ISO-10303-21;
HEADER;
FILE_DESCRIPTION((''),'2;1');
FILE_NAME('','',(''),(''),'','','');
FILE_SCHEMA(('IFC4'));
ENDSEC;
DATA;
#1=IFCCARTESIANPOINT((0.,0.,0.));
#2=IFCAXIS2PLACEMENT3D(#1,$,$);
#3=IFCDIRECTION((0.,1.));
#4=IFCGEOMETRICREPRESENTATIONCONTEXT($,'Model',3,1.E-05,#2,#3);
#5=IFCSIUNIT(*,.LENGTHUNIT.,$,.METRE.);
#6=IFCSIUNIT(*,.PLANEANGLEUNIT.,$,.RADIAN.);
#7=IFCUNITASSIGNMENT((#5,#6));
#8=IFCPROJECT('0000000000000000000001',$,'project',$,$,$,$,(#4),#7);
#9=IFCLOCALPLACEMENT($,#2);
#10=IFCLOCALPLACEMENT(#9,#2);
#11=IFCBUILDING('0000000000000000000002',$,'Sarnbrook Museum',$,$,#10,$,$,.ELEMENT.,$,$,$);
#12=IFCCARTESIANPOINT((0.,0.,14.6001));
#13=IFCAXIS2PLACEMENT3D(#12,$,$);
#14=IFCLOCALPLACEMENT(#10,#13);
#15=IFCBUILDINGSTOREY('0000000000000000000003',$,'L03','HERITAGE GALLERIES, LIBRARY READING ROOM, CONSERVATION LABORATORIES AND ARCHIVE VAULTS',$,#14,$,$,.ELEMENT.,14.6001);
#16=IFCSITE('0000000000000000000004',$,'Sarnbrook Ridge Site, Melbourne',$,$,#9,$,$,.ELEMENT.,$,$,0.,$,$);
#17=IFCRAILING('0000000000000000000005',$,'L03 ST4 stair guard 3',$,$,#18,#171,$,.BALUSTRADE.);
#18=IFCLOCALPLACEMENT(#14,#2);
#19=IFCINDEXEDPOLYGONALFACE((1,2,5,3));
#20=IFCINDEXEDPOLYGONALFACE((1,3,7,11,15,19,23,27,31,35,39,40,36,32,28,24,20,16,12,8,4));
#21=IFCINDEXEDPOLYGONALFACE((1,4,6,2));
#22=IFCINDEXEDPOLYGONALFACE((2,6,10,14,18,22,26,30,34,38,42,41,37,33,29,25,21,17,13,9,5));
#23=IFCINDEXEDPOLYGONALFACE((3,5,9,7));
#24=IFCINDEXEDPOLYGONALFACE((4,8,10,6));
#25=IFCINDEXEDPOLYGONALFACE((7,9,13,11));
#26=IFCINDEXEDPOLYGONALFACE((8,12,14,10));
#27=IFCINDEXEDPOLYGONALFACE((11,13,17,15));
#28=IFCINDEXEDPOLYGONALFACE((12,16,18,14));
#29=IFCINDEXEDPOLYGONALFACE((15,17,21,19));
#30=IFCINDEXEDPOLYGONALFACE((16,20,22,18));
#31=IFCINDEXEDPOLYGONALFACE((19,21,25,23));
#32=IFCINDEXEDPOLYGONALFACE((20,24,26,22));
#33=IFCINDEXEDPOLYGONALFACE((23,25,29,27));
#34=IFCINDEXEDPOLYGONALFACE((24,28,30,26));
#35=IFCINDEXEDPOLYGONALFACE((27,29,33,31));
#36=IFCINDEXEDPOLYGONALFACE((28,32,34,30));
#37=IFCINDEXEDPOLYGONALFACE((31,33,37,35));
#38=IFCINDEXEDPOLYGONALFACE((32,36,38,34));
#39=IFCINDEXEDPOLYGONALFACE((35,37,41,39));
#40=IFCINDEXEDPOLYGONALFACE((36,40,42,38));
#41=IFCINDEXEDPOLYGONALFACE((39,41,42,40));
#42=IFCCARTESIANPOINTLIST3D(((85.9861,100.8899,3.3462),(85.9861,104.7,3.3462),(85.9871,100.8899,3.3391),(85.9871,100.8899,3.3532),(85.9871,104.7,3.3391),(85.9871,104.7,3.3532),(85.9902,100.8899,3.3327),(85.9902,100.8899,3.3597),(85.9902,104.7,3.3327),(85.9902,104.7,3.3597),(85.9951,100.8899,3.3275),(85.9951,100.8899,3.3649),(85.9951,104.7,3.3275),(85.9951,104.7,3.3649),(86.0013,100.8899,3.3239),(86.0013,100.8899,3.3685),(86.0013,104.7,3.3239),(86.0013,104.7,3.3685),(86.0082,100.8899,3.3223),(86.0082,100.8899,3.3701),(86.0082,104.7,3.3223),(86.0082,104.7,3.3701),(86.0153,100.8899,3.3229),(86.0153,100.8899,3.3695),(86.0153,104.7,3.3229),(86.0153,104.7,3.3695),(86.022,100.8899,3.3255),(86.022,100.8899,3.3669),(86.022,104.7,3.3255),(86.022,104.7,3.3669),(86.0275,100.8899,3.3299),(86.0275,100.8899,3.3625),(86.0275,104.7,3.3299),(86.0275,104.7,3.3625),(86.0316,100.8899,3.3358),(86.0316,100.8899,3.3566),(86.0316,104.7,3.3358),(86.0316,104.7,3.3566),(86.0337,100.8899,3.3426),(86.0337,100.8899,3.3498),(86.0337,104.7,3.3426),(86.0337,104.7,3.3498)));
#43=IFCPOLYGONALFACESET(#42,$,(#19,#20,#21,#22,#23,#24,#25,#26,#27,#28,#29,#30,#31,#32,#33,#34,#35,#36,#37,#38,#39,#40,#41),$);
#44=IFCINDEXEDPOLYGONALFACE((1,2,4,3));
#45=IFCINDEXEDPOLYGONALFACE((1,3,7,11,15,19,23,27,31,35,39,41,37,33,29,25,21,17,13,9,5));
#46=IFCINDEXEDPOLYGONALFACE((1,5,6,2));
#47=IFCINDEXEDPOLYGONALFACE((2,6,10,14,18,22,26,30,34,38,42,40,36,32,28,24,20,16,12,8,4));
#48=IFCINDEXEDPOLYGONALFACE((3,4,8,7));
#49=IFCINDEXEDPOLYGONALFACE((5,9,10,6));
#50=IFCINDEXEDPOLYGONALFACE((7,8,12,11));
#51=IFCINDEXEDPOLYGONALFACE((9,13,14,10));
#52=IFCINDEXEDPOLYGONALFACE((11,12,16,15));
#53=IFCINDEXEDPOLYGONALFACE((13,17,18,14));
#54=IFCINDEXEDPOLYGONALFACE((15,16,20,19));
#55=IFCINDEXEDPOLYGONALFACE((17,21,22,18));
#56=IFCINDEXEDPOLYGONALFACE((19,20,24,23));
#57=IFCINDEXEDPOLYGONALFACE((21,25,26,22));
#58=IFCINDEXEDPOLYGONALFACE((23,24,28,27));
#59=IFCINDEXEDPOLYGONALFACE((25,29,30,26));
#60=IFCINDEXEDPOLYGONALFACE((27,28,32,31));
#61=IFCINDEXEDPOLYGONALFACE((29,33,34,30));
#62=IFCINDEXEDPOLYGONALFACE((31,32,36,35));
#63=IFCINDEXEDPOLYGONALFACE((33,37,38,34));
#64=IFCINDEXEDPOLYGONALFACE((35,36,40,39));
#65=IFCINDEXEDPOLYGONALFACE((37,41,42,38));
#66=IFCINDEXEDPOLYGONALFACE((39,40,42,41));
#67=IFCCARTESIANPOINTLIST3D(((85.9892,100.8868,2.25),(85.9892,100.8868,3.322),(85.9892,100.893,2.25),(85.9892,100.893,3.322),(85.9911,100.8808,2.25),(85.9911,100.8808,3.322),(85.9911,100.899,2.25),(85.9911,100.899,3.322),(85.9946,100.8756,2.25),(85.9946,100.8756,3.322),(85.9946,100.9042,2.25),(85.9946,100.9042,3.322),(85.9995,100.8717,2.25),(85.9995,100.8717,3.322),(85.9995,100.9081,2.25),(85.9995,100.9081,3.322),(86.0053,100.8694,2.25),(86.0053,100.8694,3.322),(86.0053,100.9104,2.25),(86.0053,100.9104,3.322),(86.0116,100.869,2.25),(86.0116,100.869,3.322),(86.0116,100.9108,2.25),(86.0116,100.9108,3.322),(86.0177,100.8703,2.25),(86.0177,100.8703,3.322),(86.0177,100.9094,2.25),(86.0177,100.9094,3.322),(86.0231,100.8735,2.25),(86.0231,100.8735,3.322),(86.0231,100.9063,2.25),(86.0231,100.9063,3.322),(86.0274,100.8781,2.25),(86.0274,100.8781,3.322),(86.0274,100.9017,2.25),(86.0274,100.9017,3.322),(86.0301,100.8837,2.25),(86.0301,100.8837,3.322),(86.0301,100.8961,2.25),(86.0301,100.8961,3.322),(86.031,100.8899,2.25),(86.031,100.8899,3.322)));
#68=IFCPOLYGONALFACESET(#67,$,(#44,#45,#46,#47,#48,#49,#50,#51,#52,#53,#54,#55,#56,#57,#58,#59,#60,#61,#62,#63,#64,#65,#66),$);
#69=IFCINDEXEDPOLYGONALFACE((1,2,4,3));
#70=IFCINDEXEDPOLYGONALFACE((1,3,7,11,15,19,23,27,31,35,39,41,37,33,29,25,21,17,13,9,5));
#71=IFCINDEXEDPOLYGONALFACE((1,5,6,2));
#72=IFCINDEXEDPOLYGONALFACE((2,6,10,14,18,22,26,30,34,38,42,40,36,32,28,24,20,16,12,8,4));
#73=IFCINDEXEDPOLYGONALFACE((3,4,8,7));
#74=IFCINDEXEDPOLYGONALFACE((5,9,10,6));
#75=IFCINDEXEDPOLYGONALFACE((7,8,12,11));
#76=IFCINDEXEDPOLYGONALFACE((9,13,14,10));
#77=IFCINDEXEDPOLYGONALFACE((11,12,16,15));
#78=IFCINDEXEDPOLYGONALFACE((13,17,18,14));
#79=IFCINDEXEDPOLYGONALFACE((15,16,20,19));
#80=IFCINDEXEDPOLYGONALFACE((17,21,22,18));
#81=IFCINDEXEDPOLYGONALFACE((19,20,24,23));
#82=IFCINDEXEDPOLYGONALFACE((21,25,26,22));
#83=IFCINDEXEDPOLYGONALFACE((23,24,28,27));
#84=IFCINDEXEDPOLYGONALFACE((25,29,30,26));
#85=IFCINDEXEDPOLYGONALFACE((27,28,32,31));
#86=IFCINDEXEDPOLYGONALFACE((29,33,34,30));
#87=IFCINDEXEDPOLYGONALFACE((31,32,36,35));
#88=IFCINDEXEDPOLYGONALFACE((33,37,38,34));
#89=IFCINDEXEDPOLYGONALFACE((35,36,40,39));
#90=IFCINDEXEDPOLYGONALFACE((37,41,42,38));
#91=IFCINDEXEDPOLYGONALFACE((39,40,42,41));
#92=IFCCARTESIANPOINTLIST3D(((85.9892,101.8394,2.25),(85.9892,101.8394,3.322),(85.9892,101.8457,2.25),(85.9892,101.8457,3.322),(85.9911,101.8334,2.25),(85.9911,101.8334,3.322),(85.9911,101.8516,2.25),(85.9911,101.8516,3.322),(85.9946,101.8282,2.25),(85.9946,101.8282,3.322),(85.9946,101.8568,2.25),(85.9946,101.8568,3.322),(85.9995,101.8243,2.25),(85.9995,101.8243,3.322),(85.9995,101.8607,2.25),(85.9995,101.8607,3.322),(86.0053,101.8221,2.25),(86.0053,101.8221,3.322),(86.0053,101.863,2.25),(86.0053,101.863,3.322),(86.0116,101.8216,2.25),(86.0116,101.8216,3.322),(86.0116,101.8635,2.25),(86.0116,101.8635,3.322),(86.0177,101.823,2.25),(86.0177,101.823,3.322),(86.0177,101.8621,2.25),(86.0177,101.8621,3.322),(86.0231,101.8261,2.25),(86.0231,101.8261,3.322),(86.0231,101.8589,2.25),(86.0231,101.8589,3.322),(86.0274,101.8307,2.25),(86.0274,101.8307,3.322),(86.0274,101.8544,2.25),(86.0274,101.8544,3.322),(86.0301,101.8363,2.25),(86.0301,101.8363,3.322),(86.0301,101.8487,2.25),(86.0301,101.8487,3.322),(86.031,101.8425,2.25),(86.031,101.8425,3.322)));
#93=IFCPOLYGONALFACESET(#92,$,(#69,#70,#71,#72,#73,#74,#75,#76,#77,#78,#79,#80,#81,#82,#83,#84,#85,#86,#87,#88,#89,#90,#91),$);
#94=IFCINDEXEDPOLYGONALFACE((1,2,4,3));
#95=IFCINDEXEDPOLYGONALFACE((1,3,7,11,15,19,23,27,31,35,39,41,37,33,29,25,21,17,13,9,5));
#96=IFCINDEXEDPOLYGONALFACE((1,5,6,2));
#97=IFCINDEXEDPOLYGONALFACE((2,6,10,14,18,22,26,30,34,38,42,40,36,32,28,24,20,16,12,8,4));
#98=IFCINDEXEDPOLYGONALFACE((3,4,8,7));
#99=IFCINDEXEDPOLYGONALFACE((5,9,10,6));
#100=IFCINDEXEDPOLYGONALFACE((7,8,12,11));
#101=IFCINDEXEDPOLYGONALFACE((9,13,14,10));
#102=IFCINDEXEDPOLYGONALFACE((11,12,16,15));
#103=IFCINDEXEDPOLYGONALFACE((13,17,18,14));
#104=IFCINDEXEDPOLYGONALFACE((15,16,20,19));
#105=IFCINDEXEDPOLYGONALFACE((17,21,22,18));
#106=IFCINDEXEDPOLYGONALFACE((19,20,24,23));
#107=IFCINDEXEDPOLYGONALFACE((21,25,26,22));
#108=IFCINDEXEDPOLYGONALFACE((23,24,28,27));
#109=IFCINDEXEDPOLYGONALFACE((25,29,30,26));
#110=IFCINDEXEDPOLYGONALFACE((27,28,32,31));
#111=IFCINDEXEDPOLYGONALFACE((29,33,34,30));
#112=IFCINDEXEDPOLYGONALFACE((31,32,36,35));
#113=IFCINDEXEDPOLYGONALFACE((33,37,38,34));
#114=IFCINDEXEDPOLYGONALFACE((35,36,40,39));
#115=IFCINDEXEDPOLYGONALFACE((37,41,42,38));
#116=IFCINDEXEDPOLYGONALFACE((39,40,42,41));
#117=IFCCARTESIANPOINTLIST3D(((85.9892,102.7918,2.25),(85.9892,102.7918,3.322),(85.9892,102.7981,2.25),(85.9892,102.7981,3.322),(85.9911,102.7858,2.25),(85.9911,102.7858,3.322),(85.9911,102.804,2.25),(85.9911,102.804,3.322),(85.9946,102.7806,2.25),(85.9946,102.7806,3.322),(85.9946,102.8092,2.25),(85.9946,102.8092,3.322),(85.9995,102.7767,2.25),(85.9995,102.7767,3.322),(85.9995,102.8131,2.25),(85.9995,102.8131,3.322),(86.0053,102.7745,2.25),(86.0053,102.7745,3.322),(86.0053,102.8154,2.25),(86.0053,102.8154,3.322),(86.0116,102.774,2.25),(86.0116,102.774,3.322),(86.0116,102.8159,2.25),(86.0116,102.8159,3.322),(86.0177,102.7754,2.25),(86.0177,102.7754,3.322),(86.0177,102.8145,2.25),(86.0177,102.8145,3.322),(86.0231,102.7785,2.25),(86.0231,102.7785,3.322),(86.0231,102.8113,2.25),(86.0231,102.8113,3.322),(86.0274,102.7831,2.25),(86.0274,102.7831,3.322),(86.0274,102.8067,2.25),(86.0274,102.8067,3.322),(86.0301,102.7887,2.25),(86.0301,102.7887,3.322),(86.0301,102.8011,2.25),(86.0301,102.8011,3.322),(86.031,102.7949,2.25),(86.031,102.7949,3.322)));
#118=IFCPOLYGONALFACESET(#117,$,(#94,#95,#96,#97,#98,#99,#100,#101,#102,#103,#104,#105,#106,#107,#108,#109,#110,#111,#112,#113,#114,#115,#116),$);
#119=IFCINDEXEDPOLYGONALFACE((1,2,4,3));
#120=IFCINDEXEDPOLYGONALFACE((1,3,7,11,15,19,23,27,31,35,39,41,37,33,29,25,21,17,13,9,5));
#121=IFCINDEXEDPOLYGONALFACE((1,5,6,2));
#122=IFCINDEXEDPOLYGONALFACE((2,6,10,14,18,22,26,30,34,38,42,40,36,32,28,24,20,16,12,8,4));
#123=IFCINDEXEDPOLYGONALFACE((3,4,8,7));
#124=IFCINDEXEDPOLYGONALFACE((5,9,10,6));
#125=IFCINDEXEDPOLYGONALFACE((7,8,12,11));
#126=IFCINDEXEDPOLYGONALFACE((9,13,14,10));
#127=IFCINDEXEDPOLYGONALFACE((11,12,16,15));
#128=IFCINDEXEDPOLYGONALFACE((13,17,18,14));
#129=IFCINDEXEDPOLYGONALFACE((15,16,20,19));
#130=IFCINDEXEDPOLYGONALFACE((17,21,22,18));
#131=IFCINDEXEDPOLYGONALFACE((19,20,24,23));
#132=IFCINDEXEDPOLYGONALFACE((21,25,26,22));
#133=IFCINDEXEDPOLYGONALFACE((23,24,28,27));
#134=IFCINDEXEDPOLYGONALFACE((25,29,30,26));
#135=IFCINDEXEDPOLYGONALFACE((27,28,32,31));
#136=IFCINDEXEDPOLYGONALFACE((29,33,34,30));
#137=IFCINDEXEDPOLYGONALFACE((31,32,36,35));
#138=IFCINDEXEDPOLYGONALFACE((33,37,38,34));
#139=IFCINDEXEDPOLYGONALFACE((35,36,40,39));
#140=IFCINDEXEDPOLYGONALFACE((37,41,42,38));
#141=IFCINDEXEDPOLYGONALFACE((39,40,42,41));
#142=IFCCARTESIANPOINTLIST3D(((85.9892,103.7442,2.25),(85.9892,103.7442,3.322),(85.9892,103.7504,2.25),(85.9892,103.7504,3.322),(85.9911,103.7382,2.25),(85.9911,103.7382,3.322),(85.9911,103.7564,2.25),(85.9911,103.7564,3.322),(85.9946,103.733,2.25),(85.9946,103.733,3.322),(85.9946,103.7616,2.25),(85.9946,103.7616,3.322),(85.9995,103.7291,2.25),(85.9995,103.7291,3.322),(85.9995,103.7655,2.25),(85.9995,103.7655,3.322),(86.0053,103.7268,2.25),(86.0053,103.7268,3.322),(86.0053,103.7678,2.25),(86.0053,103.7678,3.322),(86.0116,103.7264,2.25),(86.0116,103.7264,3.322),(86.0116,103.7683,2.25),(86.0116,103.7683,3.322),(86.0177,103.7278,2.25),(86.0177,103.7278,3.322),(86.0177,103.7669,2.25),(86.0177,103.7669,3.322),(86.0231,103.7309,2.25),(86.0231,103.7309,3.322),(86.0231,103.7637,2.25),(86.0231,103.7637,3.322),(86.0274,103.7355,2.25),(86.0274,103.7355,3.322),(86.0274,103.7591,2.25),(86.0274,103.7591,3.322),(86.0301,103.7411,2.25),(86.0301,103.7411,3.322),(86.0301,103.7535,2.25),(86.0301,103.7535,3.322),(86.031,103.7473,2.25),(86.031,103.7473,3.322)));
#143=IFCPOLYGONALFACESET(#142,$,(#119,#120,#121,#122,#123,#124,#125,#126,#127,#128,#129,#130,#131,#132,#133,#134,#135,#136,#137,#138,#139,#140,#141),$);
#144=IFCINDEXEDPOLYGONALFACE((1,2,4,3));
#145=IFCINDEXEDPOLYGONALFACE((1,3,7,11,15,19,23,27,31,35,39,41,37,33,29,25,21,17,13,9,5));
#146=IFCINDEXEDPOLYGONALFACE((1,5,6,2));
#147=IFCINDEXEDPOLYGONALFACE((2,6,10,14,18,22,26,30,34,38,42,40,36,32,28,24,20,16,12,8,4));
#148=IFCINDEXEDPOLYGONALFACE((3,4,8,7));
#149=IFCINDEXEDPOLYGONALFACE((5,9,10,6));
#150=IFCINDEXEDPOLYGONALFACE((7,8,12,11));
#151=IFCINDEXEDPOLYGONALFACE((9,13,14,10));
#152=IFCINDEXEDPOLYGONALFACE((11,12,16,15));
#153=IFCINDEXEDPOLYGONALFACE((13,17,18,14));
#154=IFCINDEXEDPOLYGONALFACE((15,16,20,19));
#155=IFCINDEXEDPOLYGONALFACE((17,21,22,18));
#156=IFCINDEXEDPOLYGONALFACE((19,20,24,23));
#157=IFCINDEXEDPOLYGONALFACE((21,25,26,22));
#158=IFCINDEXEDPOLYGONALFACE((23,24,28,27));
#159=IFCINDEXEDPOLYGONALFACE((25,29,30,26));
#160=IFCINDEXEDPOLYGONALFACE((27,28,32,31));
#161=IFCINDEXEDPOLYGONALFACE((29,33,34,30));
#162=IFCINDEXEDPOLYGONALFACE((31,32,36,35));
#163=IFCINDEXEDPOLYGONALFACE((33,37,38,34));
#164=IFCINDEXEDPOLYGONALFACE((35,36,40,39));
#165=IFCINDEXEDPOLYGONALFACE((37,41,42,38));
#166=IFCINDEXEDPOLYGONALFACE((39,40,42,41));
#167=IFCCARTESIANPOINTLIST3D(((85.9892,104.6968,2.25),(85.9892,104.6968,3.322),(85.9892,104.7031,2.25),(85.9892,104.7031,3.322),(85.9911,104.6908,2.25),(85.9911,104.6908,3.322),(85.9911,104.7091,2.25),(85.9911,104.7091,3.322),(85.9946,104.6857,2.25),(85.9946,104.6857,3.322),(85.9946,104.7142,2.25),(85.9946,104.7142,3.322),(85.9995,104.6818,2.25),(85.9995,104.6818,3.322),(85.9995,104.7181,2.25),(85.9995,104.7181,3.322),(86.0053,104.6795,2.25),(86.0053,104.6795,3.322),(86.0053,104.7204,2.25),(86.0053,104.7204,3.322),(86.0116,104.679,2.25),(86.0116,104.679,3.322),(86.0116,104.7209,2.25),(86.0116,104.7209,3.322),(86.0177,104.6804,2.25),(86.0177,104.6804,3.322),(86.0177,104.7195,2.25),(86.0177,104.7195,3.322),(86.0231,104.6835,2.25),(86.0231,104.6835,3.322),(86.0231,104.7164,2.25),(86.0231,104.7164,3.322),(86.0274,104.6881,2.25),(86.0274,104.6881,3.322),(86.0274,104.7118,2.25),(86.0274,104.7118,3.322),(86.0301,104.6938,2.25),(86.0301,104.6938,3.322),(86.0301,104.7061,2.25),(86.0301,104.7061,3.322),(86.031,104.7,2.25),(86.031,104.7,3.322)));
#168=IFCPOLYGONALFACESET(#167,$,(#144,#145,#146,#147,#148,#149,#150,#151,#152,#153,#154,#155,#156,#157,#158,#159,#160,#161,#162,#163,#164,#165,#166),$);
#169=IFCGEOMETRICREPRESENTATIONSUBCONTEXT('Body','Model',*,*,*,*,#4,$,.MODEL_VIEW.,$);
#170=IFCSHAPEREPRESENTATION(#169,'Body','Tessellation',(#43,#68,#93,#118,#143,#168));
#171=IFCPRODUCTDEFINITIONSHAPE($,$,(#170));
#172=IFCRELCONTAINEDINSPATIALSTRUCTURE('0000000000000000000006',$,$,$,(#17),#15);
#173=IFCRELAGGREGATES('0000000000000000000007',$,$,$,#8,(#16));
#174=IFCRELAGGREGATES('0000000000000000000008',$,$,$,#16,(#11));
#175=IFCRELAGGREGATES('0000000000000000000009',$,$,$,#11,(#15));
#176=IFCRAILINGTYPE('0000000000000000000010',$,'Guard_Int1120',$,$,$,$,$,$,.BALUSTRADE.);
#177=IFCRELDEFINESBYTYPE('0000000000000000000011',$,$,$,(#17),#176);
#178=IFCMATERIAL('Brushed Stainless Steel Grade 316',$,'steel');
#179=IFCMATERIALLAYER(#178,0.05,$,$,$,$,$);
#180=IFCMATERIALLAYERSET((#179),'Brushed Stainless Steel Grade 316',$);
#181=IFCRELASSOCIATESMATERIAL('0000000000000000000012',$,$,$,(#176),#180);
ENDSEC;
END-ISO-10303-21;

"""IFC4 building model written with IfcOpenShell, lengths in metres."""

from ifc_helpers import new_model, si_unit, direction, frame, origin, origin_2d, place, context, subcontext, project, spatial, circle, extrude, material, layer, layer_set, type_object, element, save


model = new_model("IFC4")

# Units and contexts
model_context = context("Model", 3, precision=1e-05, world=origin(), true_north=direction((0.0, 1.0)))
body_context = subcontext(model_context, "Body", "Model", "MODEL_VIEW")
ifc_project = project(units=[si_unit("LENGTHUNIT", "METRE"), si_unit("PLANEANGLEUNIT", "RADIAN")], contexts=[model_context])

# Site, building, storey
site_placement = place(None, origin())
site = spatial("IfcSite", under=ifc_project, at=site_placement, Name="Sarnbrook Ridge Site, Melbourne", CompositionType="ELEMENT", RefElevation=0.0)
building_placement = place(site_placement, origin())
building = spatial("IfcBuilding", under=site, at=building_placement, Name="Sarnbrook Museum", CompositionType="ELEMENT")
storey_placement = place(building_placement, frame((0.0, 0.0, 14.6001)))
storey = spatial("IfcBuildingStorey", under=building, at=storey_placement, Name="L03", Description="HERITAGE GALLERIES, LIBRARY READING ROOM, CONSERVATION LABORATORIES AND ARCHIVE VAULTS", CompositionType="ELEMENT", Elevation=14.6001)

# Shared definitions
ifc_material_1 = material(Name="Brushed Stainless Steel Grade 316", Category="steel")

# Railing
ifc_layer_1 = layer(ifc_material_1, 0.05)
ifc_layer_set_1 = layer_set([ifc_layer_1], Name="Brushed Stainless Steel Grade 316")
railing_type_1 = type_object("IfcRailingType", Name="Guard_Int1120", PredefinedType="BALUSTRADE", material=ifc_layer_set_1)
for number, where, name in (
    (1, (86.01, 100.8899, 2.25), "L03 ST4 stair guard 3"),
):
    element("IfcRailing", number, at=place(storey_placement, frame(where)), inside=storey, type_object=railing_type_1, Name=name, PredefinedType="BALUSTRADE", context=body_context, shape_type="SweptSolid", body=[
        extrude(circle(Radius=0.0239, at=origin_2d()), frame((0.0, 0.0, 1.0962), z_axis=(0.0, 1.0, 0.0), x_axis=(-1.0, 0.0, 0.0)), (0.0, 0.0, 1.0), 3.8101),
        extrude(circle(Radius=0.021, at=origin_2d()), origin(), (0.0, 0.0, 1.0), 1.072),
        extrude(circle(Radius=0.021, at=origin_2d()), frame((0.0, 0.9526, 0.0)), (0.0, 0.0, 1.0), 1.072),
        extrude(circle(Radius=0.021, at=origin_2d()), frame((0.0, 1.905, 0.0)), (0.0, 0.0, 1.0), 1.072),
        extrude(circle(Radius=0.021, at=origin_2d()), frame((0.0, 2.8574, 0.0)), (0.0, 0.0, 1.0), 1.072),
        extrude(circle(Radius=0.021, at=origin_2d()), frame((0.0, 3.8101, 0.0)), (0.0, 0.0, 1.0), 1.072),
    ])

save(model, "model.ifc")
